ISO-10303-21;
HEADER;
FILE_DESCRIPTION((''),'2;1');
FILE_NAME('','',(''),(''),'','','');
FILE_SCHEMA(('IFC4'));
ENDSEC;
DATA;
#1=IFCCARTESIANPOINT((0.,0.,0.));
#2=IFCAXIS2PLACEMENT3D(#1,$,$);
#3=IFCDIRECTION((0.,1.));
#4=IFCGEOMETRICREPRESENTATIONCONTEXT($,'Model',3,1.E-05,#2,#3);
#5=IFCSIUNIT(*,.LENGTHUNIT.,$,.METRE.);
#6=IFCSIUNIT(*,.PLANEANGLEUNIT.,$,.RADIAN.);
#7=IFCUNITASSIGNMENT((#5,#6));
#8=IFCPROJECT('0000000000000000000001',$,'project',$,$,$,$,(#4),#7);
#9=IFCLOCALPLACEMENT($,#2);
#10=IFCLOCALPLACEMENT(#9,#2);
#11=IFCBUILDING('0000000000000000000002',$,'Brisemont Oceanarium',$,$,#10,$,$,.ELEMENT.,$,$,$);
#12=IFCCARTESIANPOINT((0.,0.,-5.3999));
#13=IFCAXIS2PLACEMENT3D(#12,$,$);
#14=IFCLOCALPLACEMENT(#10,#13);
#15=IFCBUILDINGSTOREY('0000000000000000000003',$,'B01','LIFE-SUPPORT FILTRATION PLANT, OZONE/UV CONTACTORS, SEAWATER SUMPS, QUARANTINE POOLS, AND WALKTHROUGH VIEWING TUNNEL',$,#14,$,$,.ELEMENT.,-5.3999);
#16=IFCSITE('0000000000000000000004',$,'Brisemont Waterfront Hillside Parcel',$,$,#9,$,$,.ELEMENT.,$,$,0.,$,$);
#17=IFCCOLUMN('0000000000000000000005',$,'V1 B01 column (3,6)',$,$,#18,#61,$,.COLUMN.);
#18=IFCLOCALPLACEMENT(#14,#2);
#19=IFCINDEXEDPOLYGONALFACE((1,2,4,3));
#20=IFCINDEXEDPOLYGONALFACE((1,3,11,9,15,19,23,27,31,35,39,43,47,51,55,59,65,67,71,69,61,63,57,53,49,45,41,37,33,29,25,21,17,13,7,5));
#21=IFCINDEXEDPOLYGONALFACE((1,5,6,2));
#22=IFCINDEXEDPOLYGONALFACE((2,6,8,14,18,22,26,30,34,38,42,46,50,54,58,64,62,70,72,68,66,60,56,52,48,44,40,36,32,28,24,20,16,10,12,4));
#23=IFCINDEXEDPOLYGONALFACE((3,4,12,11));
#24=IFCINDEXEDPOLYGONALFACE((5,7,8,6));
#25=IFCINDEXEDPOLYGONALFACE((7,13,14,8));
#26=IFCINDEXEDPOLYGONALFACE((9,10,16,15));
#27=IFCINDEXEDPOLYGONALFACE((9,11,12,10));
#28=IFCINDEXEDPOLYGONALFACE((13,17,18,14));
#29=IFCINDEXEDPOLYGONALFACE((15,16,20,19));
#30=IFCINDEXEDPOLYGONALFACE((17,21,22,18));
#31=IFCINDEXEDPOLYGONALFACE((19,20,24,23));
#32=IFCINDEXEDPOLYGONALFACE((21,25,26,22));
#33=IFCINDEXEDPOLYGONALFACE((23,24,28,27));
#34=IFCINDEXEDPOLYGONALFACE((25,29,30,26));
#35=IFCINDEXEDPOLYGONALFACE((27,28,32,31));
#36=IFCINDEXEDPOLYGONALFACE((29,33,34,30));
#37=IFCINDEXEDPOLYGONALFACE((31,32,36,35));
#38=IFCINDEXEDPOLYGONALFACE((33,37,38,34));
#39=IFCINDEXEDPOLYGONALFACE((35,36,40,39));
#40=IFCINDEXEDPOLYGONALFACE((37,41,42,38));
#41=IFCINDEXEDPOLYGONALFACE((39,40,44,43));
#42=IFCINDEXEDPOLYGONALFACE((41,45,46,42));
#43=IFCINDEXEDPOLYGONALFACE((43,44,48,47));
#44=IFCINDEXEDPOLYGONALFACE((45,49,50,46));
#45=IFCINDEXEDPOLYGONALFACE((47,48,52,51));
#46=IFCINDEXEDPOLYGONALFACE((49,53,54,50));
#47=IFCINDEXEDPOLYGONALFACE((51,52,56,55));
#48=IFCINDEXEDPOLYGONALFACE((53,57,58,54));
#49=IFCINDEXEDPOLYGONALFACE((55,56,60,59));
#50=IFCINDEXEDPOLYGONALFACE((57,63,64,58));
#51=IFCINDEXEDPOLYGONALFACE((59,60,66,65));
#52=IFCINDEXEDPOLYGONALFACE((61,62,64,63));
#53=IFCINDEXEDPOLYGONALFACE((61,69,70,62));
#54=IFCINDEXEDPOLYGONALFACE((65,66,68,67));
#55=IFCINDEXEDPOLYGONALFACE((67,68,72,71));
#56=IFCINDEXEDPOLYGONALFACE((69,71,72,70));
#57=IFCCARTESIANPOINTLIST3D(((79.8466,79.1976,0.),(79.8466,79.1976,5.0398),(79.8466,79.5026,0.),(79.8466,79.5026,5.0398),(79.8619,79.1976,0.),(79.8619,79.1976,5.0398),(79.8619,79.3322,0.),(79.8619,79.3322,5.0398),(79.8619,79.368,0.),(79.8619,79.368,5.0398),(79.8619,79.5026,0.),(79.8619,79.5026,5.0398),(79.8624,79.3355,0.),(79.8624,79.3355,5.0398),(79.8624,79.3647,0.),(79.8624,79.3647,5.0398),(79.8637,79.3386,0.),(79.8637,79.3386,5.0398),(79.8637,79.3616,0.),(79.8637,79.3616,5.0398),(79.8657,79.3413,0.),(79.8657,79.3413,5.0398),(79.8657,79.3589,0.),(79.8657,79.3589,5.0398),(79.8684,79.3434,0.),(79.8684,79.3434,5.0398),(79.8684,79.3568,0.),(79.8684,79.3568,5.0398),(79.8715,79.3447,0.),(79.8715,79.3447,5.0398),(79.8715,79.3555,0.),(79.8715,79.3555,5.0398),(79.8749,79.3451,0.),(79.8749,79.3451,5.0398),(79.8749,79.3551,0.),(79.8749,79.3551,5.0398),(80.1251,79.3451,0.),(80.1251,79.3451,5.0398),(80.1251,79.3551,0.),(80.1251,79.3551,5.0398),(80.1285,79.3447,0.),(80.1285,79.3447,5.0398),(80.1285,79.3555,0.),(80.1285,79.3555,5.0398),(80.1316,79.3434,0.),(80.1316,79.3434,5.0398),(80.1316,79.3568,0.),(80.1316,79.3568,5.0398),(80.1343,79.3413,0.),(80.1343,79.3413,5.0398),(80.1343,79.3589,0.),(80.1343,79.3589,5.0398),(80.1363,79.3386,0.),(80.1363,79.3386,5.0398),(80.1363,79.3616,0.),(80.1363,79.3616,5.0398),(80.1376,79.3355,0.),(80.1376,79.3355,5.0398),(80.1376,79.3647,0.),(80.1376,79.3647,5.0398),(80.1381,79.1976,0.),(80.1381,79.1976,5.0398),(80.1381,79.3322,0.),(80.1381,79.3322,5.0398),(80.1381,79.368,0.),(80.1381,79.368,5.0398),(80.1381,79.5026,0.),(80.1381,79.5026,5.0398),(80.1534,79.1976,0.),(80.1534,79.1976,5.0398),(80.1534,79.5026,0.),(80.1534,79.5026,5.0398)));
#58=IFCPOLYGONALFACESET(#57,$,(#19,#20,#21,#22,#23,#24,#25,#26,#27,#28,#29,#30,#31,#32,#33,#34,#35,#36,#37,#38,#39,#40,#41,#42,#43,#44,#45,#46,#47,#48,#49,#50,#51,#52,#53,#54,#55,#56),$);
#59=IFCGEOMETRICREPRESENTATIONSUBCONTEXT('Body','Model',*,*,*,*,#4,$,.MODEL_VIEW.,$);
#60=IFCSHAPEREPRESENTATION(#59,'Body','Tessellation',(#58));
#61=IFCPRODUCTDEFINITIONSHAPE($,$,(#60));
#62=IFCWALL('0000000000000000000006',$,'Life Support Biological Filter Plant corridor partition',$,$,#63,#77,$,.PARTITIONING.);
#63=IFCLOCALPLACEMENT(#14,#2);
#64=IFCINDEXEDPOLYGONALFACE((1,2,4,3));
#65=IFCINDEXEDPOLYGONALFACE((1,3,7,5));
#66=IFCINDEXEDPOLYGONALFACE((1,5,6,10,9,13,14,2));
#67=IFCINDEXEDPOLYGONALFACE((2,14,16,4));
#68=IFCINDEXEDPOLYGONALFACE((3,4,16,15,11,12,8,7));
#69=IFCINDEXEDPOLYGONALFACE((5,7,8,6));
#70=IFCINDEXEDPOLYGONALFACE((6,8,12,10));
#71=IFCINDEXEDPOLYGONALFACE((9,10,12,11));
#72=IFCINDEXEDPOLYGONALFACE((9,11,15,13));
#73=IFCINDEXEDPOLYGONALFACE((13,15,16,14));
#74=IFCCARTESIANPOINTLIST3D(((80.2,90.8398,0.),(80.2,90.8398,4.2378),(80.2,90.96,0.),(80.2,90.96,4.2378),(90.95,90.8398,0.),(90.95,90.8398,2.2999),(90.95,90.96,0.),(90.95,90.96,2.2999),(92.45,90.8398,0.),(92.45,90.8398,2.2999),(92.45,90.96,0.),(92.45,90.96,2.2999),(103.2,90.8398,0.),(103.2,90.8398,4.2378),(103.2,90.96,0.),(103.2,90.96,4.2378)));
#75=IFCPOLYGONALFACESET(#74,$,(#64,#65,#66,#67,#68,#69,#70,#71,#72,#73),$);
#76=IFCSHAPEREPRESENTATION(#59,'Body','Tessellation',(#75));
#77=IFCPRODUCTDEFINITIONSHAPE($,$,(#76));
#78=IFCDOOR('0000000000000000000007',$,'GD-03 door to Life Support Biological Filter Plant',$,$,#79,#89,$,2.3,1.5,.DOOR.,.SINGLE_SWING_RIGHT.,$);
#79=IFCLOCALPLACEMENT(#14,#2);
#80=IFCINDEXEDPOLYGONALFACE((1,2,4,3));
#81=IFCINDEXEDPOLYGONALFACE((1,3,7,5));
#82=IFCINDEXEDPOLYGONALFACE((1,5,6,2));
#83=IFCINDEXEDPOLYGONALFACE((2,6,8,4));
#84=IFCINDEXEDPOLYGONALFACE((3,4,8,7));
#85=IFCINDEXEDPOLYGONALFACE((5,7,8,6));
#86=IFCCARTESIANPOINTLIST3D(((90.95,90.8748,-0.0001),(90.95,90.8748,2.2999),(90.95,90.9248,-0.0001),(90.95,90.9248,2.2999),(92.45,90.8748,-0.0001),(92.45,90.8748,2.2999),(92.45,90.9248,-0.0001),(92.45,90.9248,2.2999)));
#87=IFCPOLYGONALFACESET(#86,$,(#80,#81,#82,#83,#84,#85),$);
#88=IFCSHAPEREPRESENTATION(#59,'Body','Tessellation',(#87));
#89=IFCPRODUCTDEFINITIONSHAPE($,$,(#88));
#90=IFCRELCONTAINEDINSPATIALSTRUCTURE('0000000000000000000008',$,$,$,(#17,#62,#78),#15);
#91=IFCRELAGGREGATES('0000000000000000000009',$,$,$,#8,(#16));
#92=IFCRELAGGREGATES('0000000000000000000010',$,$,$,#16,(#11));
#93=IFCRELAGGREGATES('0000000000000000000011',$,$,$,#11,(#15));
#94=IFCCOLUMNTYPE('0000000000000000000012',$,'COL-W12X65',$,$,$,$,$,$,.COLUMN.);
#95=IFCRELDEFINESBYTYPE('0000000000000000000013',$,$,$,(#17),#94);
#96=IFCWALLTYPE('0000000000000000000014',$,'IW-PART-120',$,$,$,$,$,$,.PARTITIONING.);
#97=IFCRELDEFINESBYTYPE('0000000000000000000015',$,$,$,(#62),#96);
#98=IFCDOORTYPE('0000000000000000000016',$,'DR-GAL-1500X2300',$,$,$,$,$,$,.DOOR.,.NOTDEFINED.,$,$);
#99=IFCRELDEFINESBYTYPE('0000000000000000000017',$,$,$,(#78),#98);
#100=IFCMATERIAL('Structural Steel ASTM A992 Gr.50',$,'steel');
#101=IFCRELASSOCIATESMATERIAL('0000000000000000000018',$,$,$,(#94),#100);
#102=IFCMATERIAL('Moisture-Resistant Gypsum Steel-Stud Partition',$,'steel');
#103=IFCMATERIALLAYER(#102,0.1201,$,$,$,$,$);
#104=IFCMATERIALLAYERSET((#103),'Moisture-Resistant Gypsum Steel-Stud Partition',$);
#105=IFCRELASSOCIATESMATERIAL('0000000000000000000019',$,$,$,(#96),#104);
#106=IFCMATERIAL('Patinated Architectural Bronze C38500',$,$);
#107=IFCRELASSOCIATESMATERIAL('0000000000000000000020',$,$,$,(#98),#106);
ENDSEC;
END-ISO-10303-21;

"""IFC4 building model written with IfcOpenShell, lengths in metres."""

from ifc_helpers import new_model, si_unit, direction, frame, frame_2d, origin, origin_2d, place, context, subcontext, project, spatial, rectangle, i_section, extrude, material, layer, layer_set, material_profile, profile_set, type_object, element, fill, save


model = new_model("IFC4")

# Units and contexts
model_context = context("Model", 3, precision=1e-05, world=origin(), true_north=direction((0.0, 1.0)))
body_context = subcontext(model_context, "Body", "Model", "MODEL_VIEW")
ifc_project = project(units=[si_unit("LENGTHUNIT", "METRE"), si_unit("PLANEANGLEUNIT", "RADIAN")], contexts=[model_context])

# Site, building, storey
site_placement = place(None, origin())
site = spatial("IfcSite", under=ifc_project, at=site_placement, Name="Brisemont Waterfront Hillside Parcel", CompositionType="ELEMENT", RefElevation=0.0)
building_placement = place(site_placement, origin())
building = spatial("IfcBuilding", under=site, at=building_placement, Name="Brisemont Oceanarium", CompositionType="ELEMENT")
storey_placement = place(building_placement, frame((0.0, 0.0, -5.3999)))
storey = spatial("IfcBuildingStorey", under=building, at=storey_placement, Name="B01", Description="LIFE-SUPPORT FILTRATION PLANT, OZONE/UV CONTACTORS, SEAWATER SUMPS, QUARANTINE POOLS, AND WALKTHROUGH VIEWING TUNNEL", CompositionType="ELEMENT", Elevation=-5.3999)

# Column
ifc_material_1 = material(Name="Structural Steel ASTM A992 Gr.50", Category="steel")
ifc_material_profile_1 = material_profile(ifc_material_1, i_section(OverallWidth=0.3049, OverallDepth=0.3069, WebThickness=0.01, FlangeThickness=0.0154, FilletRadius=0.0129, at=origin_2d()), Name="W12X65")
ifc_profile_set_1 = profile_set([ifc_material_profile_1], Name="Structural Steel ASTM A992 Gr.50")
column_type_1 = type_object("IfcColumnType", Name="COL-W12X65", PredefinedType="COLUMN", material=ifc_profile_set_1)
column_1_placement = place(storey_placement, frame((80.0, 79.3501, 0.0), z_axis=(0.0, 0.0, 1.0), x_axis=(0.0, 1.0, 0.0)))
element("IfcColumn", 1, at=column_1_placement, inside=storey, type_object=column_type_1, Name="V1 B01 column (3,6)", PredefinedType="COLUMN", context=body_context, shape_type="SweptSolid", body=[
    extrude(i_section(OverallWidth=0.3049, OverallDepth=0.3069, WebThickness=0.01, FlangeThickness=0.0154, FilletRadius=0.0129, at=origin_2d()), origin(), (0.0, 0.0, 1.0), 5.0398),
])

# Wall, opening, door
ifc_material_2 = material(Name="Moisture-Resistant Gypsum Steel-Stud Partition", Category="steel")
ifc_layer = layer(ifc_material_2, 0.1201)
ifc_layer_set = layer_set([ifc_layer], Name="Moisture-Resistant Gypsum Steel-Stud Partition")
wall_type = type_object("IfcWallType", Name="IW-PART-120", PredefinedType="PARTITIONING", material=ifc_layer_set)
wall_placement = place(storey_placement, frame((80.2, 90.8999, 0.0), z_axis=(0.0, 0.0, 1.0), x_axis=(1.0, 0.0, 0.0)))
wall = element("IfcWall", 2, at=wall_placement, inside=storey, type_object=wall_type, Name="Life Support Biological Filter Plant corridor partition", PredefinedType="PARTITIONING", context=body_context, shape_type="SweptSolid", body=[
    extrude(rectangle(XDim=23.0, YDim=0.1201, at=frame_2d((11.5, 0.0))), origin(), (0.0, 0.0, 1.0), 4.2378),
])
opening_placement = place(wall_placement, frame((10.75, 0.0, 0.0)))
opening = element("IfcOpeningElement", 3, at=opening_placement, cuts=wall, PredefinedType="OPENING", context=body_context, shape_type="SweptSolid", body=[
    extrude(rectangle(XDim=1.5, YDim=2.3, at=frame_2d((0.75, 1.1499))), frame((0.0, 0.0701, 0.0), z_axis=(0.0, -1.0, 0.0), x_axis=(1.0, 0.0, 0.0)), (0.0, 0.0, 1.0), 0.1401),
])
ifc_material_3 = material(Name="Patinated Architectural Bronze C38500")
door_type = type_object("IfcDoorType", Name="DR-GAL-1500X2300", OperationType="NOTDEFINED", PredefinedType="DOOR", material=ifc_material_3)
door_placement = place(opening_placement, origin())
door = element("IfcDoor", 4, at=door_placement, inside=storey, type_object=door_type, Name="GD-03 door to Life Support Biological Filter Plant", OperationType="SINGLE_SWING_RIGHT", OverallHeight=2.3, OverallWidth=1.5, PredefinedType="DOOR", context=body_context, shape_type="SweptSolid", body=[
    extrude(rectangle(XDim=1.5, YDim=2.3, at=frame_2d((0.75, 1.1499))), frame((0.0, 0.0249, 0.0), z_axis=(0.0, -1.0, 0.0), x_axis=(1.0, 0.0, 0.0)), (0.0, 0.0, 1.0), 0.05),
])
fill(opening, door)

save(model, "model.ifc")
